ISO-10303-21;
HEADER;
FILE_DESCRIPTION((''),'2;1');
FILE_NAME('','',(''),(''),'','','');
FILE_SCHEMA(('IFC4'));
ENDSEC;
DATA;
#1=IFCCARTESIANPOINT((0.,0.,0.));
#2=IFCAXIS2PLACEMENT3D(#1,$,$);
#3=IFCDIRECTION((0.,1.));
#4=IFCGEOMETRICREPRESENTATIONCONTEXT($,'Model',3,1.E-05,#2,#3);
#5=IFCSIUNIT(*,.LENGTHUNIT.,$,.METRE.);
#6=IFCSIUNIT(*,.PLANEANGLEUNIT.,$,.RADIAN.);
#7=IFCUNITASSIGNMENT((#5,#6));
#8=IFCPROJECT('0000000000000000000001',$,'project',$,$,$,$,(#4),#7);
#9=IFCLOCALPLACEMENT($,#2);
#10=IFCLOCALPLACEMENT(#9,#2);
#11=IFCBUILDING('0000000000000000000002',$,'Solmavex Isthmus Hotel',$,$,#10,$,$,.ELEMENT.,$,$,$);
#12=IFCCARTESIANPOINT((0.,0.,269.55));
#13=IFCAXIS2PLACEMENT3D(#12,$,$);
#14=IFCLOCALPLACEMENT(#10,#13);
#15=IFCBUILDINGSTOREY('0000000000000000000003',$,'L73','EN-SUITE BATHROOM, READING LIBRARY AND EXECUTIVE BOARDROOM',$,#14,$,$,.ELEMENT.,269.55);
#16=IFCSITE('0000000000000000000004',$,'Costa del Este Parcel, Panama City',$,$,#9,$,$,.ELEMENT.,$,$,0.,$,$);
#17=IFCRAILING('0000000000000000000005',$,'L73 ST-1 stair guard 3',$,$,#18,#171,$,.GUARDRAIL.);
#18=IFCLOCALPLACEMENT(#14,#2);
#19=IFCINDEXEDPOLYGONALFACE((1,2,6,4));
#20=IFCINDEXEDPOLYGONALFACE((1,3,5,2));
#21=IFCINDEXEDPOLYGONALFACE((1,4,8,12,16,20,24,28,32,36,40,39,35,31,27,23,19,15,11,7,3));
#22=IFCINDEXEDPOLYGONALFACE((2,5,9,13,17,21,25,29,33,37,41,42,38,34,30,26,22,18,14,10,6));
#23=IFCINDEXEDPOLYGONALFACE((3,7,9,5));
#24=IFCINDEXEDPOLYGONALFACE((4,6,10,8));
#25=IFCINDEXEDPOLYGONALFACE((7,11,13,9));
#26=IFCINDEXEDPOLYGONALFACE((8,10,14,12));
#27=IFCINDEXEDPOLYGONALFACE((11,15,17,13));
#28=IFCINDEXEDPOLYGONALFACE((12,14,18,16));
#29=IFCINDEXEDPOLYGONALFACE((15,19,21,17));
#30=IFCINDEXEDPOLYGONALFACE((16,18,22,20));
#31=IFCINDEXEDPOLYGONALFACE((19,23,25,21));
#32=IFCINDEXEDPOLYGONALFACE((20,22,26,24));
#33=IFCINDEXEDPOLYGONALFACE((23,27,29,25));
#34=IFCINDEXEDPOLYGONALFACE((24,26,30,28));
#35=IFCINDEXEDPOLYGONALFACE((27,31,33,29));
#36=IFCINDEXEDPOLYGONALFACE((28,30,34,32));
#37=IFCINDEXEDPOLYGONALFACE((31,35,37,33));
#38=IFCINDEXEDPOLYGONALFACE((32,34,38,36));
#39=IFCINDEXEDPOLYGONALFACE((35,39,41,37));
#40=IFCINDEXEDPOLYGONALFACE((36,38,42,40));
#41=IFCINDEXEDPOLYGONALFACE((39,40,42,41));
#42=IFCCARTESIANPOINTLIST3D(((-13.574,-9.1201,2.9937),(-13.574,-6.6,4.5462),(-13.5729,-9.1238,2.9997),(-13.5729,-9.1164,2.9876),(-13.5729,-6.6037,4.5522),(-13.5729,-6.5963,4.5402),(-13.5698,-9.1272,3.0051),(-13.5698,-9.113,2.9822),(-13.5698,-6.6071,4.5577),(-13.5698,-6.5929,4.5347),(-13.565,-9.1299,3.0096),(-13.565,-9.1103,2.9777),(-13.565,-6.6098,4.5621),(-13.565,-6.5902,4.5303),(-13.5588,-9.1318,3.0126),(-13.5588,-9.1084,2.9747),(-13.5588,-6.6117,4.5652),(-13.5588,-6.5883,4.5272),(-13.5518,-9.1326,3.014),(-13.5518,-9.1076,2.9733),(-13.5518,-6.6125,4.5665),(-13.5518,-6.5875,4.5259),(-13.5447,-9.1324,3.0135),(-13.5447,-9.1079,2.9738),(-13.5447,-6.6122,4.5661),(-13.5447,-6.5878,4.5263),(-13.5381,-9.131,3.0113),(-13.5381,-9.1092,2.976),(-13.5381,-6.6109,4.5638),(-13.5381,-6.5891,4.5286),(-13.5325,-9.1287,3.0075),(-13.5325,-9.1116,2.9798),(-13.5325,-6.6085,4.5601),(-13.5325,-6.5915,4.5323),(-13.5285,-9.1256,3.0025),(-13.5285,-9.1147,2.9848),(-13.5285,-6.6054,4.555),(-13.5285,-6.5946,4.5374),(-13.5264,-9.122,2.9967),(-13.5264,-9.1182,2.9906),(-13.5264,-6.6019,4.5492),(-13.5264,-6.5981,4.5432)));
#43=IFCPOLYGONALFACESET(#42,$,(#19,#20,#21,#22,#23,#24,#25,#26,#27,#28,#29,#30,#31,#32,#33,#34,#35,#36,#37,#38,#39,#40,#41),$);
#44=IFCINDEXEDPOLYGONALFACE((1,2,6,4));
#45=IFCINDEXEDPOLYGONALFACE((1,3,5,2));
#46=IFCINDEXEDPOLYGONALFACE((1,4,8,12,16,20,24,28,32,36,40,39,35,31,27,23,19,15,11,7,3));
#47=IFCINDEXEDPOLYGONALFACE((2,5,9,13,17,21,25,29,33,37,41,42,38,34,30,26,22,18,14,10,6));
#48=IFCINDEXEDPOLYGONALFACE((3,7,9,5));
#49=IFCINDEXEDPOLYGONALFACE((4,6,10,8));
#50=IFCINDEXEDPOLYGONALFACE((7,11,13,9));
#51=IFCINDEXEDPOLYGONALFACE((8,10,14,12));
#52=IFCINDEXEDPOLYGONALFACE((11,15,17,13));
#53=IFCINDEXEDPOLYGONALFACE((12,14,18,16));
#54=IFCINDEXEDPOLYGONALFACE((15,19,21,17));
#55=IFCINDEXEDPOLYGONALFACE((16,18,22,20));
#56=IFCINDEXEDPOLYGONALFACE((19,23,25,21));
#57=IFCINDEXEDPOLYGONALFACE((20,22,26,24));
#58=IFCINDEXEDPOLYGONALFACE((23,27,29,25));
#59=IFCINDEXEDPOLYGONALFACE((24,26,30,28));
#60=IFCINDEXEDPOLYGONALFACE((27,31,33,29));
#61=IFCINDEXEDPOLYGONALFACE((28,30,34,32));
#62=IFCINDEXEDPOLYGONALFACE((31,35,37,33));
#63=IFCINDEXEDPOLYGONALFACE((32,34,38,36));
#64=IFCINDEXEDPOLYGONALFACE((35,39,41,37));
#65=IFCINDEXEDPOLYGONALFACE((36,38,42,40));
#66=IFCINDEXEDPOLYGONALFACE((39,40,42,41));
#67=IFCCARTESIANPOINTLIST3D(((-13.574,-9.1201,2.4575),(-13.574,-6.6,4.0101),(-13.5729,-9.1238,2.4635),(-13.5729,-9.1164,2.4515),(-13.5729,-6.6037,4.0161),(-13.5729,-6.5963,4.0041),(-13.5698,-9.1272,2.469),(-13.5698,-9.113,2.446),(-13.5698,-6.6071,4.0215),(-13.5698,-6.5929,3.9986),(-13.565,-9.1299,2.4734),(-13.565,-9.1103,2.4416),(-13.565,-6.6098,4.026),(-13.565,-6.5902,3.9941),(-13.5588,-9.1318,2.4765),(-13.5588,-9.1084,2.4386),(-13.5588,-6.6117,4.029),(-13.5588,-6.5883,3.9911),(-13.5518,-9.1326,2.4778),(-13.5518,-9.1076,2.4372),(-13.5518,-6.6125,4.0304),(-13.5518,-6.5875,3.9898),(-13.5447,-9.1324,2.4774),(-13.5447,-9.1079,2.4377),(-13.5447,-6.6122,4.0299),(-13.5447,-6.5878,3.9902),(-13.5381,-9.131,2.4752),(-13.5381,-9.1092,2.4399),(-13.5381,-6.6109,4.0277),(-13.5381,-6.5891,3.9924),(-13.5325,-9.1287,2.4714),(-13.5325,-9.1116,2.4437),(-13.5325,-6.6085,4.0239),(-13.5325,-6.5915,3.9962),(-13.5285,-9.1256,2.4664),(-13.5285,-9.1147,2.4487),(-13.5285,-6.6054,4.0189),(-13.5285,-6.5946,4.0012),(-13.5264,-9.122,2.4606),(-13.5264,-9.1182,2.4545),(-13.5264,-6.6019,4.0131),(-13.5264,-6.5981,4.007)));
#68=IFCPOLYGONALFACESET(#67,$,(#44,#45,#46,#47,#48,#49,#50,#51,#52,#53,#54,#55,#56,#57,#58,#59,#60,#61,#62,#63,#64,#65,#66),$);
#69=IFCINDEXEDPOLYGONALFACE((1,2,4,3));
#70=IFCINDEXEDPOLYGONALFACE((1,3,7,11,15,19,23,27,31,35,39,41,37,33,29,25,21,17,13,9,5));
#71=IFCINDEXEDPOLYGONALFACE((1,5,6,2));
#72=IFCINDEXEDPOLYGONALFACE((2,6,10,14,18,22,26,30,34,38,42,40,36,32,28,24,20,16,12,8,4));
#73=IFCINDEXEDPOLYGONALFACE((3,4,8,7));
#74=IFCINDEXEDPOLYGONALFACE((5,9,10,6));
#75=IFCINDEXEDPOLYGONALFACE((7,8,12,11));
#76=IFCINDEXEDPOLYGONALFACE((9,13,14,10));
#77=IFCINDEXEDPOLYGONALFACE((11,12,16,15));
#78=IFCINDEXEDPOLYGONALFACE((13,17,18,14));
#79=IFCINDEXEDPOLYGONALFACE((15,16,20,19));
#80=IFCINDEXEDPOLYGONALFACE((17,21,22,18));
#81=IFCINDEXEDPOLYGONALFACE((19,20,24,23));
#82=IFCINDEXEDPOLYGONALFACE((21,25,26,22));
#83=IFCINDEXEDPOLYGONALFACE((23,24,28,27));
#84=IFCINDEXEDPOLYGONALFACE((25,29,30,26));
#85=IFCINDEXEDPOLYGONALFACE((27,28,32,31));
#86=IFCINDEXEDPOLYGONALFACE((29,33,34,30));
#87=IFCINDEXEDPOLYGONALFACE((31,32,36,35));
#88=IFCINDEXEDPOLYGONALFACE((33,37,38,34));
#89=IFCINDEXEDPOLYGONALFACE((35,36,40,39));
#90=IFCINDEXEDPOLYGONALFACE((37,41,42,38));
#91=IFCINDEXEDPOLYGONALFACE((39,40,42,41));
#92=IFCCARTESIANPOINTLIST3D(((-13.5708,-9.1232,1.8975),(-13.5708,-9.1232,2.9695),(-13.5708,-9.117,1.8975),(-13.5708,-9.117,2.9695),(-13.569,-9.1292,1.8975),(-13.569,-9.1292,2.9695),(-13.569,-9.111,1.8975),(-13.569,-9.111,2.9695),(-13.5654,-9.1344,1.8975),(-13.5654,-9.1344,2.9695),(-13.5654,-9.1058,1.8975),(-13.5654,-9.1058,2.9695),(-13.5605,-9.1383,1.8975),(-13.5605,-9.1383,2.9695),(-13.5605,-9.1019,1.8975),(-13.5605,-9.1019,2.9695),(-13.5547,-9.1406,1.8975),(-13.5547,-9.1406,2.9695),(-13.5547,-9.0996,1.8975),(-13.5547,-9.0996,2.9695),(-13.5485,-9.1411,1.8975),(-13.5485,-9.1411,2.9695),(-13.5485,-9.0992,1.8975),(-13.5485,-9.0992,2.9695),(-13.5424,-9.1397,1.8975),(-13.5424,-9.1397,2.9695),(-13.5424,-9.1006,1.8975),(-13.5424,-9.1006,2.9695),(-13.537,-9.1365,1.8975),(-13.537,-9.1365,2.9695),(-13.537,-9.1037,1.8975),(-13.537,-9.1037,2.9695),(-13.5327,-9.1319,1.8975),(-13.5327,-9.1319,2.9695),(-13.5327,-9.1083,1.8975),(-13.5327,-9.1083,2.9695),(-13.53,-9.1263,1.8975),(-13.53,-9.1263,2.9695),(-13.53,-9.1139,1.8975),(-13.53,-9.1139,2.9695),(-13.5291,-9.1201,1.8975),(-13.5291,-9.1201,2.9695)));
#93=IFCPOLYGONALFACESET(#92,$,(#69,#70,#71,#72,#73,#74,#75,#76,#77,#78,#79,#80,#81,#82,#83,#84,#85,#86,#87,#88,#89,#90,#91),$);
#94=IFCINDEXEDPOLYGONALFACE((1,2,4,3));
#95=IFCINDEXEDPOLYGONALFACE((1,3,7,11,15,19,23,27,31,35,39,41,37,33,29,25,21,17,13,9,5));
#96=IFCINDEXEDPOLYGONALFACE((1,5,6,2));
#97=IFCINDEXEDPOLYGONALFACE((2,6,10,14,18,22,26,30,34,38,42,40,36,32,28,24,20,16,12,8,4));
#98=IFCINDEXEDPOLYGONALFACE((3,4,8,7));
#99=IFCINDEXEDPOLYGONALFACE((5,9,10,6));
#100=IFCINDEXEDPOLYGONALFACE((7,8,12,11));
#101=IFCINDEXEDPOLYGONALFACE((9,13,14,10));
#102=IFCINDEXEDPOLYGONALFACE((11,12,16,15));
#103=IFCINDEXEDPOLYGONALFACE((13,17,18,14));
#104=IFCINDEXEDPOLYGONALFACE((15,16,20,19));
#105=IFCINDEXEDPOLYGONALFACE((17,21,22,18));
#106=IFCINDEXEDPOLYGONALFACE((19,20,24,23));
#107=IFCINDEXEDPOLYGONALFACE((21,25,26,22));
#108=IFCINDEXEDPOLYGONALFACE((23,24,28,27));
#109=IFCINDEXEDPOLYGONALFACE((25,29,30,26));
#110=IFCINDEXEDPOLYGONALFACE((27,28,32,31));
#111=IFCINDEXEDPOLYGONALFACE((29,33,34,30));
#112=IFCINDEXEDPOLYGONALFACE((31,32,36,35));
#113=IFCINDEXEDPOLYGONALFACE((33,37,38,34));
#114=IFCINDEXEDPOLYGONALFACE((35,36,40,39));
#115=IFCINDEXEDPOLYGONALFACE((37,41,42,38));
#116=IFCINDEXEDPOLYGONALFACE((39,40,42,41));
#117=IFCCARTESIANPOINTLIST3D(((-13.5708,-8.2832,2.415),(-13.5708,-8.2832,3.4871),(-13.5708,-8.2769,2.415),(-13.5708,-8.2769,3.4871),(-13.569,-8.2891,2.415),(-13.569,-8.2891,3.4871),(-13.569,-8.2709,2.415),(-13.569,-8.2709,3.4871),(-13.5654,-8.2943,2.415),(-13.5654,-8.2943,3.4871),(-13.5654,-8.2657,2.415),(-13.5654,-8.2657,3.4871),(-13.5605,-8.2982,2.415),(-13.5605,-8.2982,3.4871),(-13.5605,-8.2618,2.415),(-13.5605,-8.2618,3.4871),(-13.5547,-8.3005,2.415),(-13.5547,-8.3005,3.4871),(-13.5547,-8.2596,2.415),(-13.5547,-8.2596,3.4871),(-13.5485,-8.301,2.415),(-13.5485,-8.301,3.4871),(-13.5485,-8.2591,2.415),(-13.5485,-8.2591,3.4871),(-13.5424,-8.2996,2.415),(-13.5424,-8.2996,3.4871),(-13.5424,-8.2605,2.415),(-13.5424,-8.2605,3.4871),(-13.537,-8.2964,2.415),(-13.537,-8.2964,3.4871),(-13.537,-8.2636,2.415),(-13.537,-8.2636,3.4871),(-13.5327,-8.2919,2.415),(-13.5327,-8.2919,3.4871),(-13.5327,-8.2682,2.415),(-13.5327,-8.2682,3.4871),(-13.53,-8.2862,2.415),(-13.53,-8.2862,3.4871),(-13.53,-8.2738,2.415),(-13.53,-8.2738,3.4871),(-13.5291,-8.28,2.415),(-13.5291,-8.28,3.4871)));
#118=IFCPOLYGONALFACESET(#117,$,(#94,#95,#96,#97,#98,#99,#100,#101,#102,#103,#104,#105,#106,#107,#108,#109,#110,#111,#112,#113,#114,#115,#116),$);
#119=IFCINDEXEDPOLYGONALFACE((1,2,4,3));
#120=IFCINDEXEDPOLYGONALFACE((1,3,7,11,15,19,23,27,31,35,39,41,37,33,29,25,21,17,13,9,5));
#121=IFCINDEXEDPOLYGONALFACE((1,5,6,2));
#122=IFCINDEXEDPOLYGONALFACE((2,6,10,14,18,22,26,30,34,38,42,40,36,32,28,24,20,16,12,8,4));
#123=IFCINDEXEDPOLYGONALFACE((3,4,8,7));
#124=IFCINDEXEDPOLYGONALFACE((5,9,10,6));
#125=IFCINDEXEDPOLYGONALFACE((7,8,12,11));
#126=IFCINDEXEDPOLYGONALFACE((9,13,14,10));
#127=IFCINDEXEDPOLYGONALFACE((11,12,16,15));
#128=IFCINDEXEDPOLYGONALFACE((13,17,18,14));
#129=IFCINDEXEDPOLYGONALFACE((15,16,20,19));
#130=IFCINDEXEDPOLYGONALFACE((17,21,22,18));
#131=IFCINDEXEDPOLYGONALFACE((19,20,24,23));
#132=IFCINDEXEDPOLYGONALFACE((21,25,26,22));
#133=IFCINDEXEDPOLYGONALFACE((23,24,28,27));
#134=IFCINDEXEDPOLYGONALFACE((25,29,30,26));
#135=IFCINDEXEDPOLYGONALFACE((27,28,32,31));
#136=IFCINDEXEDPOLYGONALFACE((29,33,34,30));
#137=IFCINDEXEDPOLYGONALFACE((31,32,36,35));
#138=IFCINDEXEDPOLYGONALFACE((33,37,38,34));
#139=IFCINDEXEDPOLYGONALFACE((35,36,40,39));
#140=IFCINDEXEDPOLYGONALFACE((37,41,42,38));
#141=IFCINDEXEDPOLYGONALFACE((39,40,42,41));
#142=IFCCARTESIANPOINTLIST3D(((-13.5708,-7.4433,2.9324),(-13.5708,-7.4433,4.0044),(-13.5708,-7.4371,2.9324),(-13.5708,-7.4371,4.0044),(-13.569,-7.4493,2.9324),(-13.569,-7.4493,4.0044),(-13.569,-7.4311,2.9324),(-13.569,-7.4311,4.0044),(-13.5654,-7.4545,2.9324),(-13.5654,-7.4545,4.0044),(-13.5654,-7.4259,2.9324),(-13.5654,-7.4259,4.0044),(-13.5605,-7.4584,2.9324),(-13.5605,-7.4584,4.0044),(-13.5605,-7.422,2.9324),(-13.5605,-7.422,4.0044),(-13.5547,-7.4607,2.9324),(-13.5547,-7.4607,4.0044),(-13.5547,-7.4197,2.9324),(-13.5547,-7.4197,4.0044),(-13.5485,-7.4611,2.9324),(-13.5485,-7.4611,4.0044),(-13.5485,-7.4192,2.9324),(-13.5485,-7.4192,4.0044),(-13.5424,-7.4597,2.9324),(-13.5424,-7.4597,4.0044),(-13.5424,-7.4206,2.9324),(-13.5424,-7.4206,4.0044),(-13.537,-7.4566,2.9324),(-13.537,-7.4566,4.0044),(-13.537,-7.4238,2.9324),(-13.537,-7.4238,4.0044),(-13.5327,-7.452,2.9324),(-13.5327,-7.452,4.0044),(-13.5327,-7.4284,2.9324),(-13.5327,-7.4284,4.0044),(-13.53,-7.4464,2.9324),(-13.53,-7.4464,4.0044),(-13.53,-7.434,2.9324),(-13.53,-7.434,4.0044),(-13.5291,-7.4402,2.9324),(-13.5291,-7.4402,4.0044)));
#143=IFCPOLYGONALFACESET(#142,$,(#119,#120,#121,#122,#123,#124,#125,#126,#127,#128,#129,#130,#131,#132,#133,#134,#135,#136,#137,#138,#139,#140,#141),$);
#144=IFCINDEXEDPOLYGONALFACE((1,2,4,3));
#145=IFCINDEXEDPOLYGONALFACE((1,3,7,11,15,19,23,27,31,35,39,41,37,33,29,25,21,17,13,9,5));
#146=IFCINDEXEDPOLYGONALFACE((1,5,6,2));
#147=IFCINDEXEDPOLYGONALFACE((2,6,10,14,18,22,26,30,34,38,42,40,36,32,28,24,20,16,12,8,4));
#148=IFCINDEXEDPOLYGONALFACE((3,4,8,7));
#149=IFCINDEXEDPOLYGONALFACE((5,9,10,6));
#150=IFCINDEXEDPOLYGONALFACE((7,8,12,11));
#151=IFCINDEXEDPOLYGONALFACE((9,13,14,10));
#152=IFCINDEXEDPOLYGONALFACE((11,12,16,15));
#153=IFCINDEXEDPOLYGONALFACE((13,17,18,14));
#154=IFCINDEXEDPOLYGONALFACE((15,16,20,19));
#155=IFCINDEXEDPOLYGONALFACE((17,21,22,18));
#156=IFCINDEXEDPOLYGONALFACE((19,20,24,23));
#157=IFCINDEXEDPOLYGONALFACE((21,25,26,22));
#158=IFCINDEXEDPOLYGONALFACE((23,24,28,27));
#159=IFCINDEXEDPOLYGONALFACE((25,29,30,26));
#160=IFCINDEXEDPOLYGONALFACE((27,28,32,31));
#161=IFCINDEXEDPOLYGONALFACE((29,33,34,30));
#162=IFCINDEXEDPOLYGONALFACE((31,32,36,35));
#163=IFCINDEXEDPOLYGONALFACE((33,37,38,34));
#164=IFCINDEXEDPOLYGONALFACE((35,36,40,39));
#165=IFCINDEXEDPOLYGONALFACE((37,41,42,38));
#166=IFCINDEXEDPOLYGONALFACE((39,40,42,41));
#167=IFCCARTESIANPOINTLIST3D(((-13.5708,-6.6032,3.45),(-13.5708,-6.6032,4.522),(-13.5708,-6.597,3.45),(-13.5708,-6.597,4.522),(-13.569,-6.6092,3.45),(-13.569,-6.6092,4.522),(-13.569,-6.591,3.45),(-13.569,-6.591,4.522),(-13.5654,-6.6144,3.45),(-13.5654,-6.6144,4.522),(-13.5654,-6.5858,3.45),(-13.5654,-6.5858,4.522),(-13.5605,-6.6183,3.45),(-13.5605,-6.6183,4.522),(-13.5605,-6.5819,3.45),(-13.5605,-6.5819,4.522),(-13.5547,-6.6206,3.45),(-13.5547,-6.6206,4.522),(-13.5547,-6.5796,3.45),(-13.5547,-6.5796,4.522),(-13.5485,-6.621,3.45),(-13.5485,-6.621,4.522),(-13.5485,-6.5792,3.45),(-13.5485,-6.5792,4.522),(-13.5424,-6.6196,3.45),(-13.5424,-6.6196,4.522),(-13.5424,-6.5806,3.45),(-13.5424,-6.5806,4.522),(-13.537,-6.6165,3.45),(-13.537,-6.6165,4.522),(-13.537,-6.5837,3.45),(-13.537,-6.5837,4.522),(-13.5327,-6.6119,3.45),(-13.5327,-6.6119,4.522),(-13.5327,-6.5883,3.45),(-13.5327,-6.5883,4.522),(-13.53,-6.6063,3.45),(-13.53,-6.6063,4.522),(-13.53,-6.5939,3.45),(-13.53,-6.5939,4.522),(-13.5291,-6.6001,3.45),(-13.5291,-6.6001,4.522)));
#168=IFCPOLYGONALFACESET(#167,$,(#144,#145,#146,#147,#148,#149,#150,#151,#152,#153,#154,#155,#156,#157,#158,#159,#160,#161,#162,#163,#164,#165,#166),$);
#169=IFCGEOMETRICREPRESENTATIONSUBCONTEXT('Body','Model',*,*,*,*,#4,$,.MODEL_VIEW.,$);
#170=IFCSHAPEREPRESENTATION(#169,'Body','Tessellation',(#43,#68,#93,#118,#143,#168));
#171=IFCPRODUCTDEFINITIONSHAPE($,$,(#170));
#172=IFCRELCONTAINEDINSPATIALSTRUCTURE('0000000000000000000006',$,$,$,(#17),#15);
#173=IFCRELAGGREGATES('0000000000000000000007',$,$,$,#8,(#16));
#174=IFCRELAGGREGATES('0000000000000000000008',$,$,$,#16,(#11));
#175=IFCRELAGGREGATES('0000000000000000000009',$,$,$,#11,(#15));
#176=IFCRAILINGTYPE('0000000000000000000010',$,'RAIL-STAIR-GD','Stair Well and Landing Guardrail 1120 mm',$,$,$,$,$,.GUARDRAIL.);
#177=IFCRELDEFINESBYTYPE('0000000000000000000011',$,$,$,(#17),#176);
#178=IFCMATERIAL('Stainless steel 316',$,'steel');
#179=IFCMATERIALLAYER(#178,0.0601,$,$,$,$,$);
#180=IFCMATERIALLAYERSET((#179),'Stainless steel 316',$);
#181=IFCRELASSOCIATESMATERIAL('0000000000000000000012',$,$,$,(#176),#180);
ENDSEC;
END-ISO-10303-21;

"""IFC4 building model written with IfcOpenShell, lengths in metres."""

from ifc_helpers import new_model, si_unit, direction, frame, origin, origin_2d, place, context, subcontext, project, spatial, circle, extrude, material, layer, layer_set, type_object, element, save


model = new_model("IFC4")

# Units and contexts
model_context = context("Model", 3, precision=1e-05, world=origin(), true_north=direction((0.0, 1.0)))
body_context = subcontext(model_context, "Body", "Model", "MODEL_VIEW")
ifc_project = project(units=[si_unit("LENGTHUNIT", "METRE"), si_unit("PLANEANGLEUNIT", "RADIAN")], contexts=[model_context])

# Site, building, storey
site_placement = place(None, origin())
site = spatial("IfcSite", under=ifc_project, at=site_placement, Name="Costa del Este Parcel, Panama City", CompositionType="ELEMENT", RefElevation=0.0)
building_placement = place(site_placement, origin())
building = spatial("IfcBuilding", under=site, at=building_placement, Name="Solmavex Isthmus Hotel", CompositionType="ELEMENT")
storey_placement = place(building_placement, frame((0.0, 0.0, 269.55)))
storey = spatial("IfcBuildingStorey", under=building, at=storey_placement, Name="L73", Description="EN-SUITE BATHROOM, READING LIBRARY AND EXECUTIVE BOARDROOM", CompositionType="ELEMENT", Elevation=269.55)

# Shared definitions
ifc_material_1 = material(Name="Stainless steel 316", Category="steel")

# Railing
ifc_layer_1 = layer(ifc_material_1, 0.0601)
ifc_layer_set_1 = layer_set([ifc_layer_1], Name="Stainless steel 316")
railing_type_1 = type_object("IfcRailingType", Name="RAIL-STAIR-GD", Description="Stair Well and Landing Guardrail 1120 mm", PredefinedType="GUARDRAIL", material=ifc_layer_set_1)
railing_1_placement = place(storey_placement, frame((-13.55, -9.1201, 1.8975)))
element("IfcRailing", 1, at=railing_1_placement, inside=storey, type_object=railing_type_1, Name="L73 ST-1 stair guard 3", PredefinedType="GUARDRAIL", context=body_context, shape_type="SweptSolid", body=[
    extrude(circle(Radius=0.0239, at=origin_2d()), frame((0.0, 0.0, 1.0962), z_axis=(0.0, 0.8514, 0.524516), x_axis=(-1.0, 0.0, 0.0)), (0.0, 0.0, 1.0), 2.96),
    extrude(circle(Radius=0.0239, at=origin_2d()), frame((0.0, 0.0, 0.5601), z_axis=(0.0, 0.8514, 0.524516), x_axis=(-1.0, 0.0, 0.0)), (0.0, 0.0, 1.0), 2.96),
    extrude(circle(Radius=0.021, at=origin_2d()), origin(), (0.0, 0.0, 1.0), 1.072),
    extrude(circle(Radius=0.021, at=origin_2d()), frame((0.0, 0.8401, 0.5176)), (0.0, 0.0, 1.0), 1.072),
    extrude(circle(Radius=0.021, at=origin_2d()), frame((0.0, 1.6799, 1.0349)), (0.0, 0.0, 1.0), 1.072),
    extrude(circle(Radius=0.021, at=origin_2d()), frame((0.0, 2.52, 1.5525)), (0.0, 0.0, 1.0), 1.072),
])

save(model, "model.ifc")
